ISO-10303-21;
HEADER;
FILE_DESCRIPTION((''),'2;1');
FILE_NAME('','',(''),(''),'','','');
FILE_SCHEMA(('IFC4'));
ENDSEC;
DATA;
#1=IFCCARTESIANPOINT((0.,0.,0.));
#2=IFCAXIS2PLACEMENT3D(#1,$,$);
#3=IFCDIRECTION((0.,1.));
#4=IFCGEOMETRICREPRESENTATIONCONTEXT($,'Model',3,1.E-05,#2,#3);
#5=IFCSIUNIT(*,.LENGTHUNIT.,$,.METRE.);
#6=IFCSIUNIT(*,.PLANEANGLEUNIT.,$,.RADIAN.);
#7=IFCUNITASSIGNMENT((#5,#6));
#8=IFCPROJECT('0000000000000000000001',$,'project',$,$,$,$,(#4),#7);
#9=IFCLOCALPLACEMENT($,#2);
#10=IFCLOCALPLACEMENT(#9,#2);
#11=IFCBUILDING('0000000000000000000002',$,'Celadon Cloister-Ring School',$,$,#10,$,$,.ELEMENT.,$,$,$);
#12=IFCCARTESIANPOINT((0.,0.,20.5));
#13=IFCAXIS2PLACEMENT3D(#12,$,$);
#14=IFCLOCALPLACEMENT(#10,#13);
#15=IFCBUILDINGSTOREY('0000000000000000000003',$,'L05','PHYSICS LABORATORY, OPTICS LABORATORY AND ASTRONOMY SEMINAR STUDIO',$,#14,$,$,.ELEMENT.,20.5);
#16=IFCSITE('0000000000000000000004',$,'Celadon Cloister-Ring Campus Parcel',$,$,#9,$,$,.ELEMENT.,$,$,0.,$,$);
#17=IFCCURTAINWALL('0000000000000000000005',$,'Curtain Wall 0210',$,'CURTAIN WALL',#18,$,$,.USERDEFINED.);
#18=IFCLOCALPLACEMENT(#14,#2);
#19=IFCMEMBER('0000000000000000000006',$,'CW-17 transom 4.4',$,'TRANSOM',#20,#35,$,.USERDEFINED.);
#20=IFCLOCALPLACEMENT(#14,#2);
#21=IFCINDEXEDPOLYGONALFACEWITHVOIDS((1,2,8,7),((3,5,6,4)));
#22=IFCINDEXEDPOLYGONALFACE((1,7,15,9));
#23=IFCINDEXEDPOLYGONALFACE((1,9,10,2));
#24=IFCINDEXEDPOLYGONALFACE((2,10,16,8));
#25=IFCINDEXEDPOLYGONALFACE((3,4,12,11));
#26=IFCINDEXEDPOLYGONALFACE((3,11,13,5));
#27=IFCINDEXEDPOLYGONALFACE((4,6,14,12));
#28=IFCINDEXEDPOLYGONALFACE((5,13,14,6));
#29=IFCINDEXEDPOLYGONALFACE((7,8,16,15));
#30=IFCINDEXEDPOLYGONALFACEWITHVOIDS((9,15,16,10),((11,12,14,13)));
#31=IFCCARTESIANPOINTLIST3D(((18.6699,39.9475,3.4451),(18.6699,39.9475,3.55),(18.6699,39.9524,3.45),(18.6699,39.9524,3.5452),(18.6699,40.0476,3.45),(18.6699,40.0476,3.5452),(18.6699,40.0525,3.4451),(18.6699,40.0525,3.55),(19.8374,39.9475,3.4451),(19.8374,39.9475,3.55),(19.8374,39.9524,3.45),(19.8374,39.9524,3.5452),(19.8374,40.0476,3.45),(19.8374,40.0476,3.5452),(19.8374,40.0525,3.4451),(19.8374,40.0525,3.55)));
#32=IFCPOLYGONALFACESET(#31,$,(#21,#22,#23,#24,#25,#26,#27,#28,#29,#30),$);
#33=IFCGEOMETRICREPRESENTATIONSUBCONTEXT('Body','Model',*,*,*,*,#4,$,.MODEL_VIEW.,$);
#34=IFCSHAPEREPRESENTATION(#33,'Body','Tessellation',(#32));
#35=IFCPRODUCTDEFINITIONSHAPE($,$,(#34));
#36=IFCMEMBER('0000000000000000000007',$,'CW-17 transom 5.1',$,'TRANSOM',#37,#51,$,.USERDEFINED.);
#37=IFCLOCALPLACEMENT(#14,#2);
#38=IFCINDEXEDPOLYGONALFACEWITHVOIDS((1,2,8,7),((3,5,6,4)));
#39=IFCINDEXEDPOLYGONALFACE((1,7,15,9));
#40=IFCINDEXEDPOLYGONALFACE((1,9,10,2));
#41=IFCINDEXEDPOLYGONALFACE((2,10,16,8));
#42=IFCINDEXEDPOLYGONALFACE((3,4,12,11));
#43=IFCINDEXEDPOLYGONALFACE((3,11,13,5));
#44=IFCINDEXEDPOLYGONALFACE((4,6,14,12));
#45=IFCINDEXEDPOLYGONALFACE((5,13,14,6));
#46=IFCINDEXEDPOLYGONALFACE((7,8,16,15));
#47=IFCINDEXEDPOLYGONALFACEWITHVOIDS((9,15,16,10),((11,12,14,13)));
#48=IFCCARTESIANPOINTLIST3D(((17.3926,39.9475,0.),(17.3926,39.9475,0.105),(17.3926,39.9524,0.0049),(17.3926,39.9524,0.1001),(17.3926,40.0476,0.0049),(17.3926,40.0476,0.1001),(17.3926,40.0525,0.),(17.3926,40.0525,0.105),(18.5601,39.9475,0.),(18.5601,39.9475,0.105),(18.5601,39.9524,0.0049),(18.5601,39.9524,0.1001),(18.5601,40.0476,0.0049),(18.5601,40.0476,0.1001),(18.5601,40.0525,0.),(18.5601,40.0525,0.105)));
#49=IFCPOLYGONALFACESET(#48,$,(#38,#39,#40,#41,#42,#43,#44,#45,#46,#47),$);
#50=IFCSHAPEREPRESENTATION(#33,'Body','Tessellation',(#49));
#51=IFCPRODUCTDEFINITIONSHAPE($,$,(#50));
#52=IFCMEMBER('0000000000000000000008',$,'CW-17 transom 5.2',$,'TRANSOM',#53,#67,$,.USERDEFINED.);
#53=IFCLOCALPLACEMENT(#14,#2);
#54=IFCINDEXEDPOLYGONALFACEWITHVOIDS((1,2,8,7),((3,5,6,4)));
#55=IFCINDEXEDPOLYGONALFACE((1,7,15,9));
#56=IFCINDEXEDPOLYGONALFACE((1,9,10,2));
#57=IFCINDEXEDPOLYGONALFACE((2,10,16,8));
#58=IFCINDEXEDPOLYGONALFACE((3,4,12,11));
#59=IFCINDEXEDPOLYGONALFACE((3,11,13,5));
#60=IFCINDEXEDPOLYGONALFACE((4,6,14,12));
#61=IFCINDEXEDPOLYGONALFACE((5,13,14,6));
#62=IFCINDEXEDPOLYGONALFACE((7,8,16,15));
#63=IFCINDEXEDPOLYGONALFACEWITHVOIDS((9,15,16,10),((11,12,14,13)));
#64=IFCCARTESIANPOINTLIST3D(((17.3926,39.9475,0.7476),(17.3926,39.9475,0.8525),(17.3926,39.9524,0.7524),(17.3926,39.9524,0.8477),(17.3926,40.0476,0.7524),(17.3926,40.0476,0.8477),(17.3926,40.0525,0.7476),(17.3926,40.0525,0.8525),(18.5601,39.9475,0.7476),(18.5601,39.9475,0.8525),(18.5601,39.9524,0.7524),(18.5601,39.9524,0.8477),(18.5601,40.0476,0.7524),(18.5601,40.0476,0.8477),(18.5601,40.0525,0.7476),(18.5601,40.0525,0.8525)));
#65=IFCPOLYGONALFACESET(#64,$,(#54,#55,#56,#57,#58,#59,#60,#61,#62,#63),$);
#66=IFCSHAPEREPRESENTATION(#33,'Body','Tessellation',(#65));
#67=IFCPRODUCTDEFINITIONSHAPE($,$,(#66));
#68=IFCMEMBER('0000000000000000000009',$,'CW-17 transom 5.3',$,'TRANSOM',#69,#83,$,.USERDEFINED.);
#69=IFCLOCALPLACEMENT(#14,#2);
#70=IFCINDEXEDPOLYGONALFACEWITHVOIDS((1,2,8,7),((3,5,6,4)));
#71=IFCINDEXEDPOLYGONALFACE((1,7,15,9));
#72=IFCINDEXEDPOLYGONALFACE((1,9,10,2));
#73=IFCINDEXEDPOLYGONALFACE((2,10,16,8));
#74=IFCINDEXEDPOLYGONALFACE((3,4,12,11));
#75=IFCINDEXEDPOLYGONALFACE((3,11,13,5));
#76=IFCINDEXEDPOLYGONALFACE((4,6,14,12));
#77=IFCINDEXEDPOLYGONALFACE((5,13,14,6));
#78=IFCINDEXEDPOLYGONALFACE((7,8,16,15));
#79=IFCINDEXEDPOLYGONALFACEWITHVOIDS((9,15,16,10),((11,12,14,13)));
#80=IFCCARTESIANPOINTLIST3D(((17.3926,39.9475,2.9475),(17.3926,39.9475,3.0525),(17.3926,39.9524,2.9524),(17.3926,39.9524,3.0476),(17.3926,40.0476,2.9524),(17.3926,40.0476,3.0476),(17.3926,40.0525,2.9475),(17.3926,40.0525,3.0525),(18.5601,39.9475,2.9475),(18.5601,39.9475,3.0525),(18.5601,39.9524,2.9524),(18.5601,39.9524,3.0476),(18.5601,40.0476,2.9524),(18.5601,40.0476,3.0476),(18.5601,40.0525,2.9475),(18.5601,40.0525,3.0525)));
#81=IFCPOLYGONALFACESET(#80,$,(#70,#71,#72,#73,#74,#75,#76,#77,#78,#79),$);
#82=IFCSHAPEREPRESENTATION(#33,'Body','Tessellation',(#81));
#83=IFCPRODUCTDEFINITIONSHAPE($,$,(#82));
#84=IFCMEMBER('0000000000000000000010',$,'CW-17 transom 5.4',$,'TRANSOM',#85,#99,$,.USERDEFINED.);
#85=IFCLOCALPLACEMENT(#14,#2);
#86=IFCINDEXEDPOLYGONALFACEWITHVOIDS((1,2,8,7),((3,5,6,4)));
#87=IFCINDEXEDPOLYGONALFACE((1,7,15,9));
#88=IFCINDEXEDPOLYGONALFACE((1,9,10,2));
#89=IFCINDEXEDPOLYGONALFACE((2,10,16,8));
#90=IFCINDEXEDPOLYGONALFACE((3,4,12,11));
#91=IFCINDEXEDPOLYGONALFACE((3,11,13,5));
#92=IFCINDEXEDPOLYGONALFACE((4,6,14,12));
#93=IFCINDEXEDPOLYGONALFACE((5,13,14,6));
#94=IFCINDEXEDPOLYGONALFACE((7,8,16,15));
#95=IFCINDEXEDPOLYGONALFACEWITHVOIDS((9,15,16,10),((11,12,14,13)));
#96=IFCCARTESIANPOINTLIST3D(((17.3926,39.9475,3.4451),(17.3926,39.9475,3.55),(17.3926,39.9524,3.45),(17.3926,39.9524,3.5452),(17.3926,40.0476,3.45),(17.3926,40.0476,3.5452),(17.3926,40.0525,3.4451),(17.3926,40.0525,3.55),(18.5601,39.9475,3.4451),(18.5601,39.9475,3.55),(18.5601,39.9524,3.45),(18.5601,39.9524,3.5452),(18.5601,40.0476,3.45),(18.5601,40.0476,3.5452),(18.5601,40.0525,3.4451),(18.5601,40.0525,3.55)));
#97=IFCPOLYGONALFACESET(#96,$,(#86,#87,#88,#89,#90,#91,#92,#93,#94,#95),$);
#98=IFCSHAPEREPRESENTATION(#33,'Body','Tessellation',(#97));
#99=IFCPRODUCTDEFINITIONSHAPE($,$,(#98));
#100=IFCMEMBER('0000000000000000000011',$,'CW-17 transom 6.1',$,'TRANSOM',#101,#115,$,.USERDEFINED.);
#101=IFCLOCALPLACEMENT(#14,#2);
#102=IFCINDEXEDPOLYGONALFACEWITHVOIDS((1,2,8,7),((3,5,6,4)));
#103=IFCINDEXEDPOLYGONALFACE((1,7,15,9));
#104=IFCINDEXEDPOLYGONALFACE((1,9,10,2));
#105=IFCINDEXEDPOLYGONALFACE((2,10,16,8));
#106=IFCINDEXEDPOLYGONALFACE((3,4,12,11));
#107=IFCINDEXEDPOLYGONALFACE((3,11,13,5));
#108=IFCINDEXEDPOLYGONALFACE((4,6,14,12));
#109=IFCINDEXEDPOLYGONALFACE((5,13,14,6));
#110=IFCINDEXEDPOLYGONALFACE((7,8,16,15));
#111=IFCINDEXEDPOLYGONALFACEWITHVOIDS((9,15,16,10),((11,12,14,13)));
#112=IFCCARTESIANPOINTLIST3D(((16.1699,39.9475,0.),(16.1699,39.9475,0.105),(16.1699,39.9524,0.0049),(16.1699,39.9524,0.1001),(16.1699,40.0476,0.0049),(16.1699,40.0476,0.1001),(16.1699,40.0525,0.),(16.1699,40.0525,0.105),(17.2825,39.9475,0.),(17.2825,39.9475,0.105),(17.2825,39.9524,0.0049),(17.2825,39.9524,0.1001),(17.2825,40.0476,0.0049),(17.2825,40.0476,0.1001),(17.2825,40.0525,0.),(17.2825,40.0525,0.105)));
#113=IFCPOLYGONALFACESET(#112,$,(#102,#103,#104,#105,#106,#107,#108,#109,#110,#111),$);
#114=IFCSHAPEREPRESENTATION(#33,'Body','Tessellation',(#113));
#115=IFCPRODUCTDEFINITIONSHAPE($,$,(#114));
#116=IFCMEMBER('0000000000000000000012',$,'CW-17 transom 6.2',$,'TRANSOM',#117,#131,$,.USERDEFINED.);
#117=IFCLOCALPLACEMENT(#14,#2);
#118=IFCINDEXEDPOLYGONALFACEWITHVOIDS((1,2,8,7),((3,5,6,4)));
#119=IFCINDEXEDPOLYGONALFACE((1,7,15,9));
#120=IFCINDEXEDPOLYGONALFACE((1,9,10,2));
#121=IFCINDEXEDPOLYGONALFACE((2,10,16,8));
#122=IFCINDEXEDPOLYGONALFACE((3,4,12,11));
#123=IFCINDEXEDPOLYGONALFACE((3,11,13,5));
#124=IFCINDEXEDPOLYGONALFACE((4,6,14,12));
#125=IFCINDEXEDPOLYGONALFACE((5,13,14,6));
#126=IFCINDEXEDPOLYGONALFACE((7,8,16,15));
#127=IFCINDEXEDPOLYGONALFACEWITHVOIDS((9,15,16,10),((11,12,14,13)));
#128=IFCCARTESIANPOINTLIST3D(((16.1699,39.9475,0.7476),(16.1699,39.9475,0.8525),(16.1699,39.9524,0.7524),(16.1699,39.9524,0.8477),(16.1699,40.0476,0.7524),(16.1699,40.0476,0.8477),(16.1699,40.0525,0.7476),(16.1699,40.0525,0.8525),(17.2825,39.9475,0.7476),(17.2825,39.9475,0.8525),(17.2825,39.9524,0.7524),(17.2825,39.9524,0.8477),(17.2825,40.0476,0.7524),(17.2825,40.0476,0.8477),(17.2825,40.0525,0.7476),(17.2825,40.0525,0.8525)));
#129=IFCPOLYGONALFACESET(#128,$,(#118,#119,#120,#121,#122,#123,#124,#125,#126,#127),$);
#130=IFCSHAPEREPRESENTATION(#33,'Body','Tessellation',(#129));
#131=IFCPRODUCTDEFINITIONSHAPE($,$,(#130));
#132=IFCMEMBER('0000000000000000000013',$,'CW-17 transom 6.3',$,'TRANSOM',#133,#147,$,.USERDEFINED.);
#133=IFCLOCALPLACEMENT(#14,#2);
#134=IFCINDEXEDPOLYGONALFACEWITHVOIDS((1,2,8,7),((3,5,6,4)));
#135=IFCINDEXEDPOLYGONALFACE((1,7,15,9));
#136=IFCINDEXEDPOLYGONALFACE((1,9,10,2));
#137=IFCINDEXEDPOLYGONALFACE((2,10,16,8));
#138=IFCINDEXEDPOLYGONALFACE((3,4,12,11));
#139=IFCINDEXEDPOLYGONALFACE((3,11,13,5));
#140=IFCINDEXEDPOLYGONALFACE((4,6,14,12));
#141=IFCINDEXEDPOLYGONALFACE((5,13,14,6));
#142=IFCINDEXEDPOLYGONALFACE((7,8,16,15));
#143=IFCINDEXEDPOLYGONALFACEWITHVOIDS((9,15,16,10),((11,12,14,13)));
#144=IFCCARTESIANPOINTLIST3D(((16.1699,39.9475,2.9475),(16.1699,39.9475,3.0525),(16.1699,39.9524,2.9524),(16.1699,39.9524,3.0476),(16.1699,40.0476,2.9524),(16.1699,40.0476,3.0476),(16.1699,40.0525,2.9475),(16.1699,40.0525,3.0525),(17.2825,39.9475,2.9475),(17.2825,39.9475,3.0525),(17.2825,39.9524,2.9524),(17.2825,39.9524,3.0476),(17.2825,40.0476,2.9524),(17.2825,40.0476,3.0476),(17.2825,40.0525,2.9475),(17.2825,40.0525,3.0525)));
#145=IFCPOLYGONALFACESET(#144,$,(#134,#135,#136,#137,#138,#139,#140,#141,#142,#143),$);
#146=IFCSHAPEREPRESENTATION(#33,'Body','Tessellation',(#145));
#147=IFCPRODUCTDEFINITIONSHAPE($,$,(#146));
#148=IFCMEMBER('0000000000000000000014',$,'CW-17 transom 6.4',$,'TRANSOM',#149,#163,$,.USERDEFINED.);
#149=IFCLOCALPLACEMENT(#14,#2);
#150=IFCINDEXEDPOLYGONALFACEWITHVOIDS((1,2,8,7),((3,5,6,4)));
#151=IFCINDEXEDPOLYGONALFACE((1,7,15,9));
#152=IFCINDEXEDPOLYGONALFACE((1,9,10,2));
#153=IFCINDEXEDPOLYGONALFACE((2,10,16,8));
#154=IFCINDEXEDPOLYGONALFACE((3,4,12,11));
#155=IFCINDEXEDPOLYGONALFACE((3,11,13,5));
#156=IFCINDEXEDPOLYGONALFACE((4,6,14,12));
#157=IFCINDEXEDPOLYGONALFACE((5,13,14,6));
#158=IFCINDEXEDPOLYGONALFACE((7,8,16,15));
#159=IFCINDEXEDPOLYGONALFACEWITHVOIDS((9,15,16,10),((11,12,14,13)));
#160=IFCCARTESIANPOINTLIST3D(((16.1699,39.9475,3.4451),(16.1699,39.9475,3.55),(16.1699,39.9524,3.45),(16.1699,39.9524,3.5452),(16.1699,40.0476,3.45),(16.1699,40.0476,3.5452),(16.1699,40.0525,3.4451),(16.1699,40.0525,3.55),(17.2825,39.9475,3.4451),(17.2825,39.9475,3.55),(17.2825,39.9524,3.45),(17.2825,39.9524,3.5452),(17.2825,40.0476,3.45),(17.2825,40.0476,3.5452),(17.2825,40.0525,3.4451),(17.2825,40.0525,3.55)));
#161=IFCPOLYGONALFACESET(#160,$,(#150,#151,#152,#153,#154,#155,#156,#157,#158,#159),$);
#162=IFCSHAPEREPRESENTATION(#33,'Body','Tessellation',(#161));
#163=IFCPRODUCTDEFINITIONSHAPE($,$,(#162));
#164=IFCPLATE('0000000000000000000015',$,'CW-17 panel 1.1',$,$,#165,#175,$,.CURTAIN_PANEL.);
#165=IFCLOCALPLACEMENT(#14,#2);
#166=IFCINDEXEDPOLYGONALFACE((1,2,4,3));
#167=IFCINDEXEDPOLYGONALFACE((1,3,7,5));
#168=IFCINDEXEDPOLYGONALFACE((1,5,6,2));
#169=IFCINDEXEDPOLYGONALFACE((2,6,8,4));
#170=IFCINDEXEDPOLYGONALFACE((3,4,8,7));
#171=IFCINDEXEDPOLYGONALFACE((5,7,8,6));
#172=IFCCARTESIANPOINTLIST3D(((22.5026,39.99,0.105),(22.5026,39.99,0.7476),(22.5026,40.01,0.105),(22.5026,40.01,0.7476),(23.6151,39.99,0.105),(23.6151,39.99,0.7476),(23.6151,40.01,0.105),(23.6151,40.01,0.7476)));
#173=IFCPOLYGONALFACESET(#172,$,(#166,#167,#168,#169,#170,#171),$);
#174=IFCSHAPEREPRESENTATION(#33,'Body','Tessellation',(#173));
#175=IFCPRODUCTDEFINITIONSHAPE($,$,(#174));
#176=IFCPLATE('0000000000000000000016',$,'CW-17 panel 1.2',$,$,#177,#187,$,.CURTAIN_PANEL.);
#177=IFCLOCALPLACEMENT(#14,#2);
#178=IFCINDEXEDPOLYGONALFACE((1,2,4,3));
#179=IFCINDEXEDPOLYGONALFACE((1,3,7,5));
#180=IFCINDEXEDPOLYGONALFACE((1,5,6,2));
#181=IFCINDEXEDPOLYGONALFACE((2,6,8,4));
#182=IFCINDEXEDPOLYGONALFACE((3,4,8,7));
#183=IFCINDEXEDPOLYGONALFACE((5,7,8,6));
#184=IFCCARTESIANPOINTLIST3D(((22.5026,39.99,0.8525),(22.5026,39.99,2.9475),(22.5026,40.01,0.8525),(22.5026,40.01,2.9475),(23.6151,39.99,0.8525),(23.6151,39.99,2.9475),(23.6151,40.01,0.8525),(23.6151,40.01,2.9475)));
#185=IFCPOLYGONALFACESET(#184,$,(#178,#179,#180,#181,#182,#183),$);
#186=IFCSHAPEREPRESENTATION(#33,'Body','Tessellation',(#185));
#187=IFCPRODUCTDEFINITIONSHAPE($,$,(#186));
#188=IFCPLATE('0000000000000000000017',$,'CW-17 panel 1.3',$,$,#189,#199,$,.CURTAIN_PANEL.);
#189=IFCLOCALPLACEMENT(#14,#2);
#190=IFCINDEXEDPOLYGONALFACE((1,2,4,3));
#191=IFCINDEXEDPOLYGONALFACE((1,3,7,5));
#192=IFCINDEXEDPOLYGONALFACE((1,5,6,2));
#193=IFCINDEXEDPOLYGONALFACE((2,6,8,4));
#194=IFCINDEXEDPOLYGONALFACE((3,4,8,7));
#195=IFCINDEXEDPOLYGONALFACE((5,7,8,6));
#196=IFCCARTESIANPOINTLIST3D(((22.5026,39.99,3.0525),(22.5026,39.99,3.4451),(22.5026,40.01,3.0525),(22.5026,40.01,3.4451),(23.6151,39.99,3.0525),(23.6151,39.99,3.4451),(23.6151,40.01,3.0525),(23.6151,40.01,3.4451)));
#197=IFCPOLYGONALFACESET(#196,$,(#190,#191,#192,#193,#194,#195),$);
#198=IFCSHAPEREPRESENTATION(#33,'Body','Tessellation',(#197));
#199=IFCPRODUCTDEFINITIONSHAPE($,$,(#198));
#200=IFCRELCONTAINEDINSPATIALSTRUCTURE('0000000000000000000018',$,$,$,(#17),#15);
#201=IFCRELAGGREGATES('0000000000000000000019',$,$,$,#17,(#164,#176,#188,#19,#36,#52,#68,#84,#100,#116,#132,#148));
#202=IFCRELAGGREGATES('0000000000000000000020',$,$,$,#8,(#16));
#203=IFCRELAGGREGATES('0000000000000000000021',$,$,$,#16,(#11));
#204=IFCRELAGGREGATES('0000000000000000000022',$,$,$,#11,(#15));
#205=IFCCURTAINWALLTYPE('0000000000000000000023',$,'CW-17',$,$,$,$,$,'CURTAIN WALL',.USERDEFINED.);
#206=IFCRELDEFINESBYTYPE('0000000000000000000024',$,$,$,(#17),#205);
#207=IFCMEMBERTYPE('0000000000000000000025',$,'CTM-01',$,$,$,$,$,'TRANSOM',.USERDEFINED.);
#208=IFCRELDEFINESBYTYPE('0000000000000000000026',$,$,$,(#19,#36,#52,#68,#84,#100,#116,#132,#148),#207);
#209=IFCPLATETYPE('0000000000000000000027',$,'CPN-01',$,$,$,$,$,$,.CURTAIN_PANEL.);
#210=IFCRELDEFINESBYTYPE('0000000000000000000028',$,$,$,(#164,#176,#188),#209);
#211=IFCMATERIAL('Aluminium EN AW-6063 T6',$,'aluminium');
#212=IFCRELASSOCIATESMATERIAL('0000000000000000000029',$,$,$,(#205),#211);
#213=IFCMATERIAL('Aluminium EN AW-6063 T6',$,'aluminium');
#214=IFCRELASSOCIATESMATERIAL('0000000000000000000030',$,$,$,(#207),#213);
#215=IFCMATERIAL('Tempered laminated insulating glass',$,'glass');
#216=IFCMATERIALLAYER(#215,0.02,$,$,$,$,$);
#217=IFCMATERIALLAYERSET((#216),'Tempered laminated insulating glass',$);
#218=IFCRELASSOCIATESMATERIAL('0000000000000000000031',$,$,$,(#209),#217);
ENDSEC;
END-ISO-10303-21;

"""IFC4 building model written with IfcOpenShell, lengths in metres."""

from ifc_helpers import new_model, si_unit, direction, frame, origin, origin_2d, place, context, subcontext, project, spatial, rectangle, hollow_rectangle, extrude, material, layer, layer_set, material_profile, profile_set, type_object, element, aggregate, save


model = new_model("IFC4")

# Units and contexts
model_context = context("Model", 3, precision=1e-05, world=origin(), true_north=direction((0.0, 1.0)))
body_context = subcontext(model_context, "Body", "Model", "MODEL_VIEW")
ifc_project = project(units=[si_unit("LENGTHUNIT", "METRE"), si_unit("PLANEANGLEUNIT", "RADIAN")], contexts=[model_context])

# Site, building, storey
site_placement = place(None, origin())
site = spatial("IfcSite", under=ifc_project, at=site_placement, Name="Celadon Cloister-Ring Campus Parcel", CompositionType="ELEMENT", RefElevation=0.0)
building_placement = place(site_placement, origin())
building = spatial("IfcBuilding", under=site, at=building_placement, Name="Celadon Cloister-Ring School", CompositionType="ELEMENT")
storey_placement = place(building_placement, frame((0.0, 0.0, 20.5)))
storey = spatial("IfcBuildingStorey", under=building, at=storey_placement, Name="L05", Description="PHYSICS LABORATORY, OPTICS LABORATORY AND ASTRONOMY SEMINAR STUDIO", CompositionType="ELEMENT", Elevation=20.5)

# Curtain wall, members, plates
ifc_material_1 = material(Name="Aluminium EN AW-6063 T6", Category="aluminium")
curtain_wall_type = type_object("IfcCurtainWallType", Name="CW-17", ElementType="CURTAIN WALL", PredefinedType="USERDEFINED", material=ifc_material_1)
curtain_wall_placement = place(storey_placement, origin())
curtain_wall = element("IfcCurtainWall", 1, at=curtain_wall_placement, inside=storey, type_object=curtain_wall_type, Name="Curtain Wall 0210", ObjectType="CURTAIN WALL", PredefinedType="USERDEFINED")
ifc_material_2 = material(Name="Aluminium EN AW-6063 T6", Category="aluminium")
ifc_material_profile = material_profile(ifc_material_2, hollow_rectangle(XDim=0.105, YDim=0.105, WallThickness=0.0049, at=origin_2d()), Name="RHS105X105X5")
ifc_profile_set = profile_set([ifc_material_profile], Name="Aluminium EN AW-6063 T6")
member_type = type_object("IfcMemberType", Name="CTM-01", ElementType="TRANSOM", PredefinedType="USERDEFINED", material=ifc_profile_set)
member_1_placement = place(storey_placement, frame((19.8374, 40.0, 3.4976), z_axis=(-1.0, 0.0, 0.0), x_axis=(0.0, -1.0, 0.0)))
member_1 = element("IfcMember", 2, at=member_1_placement, type_object=member_type, Name="CW-17 transom 4.4", ObjectType="TRANSOM", PredefinedType="USERDEFINED", context=body_context, shape_type="SweptSolid", body=[
    extrude(hollow_rectangle(XDim=0.105, YDim=0.105, WallThickness=0.0049, at=origin_2d()), origin(), (0.0, 0.0, 1.0), 1.1675),
])
member_2_placement = place(storey_placement, frame((18.5601, 40.0, 0.0525), z_axis=(-1.0, 0.0, 0.0), x_axis=(0.0, -1.0, 0.0)))
member_2 = element("IfcMember", 3, at=member_2_placement, type_object=member_type, Name="CW-17 transom 5.1", ObjectType="TRANSOM", PredefinedType="USERDEFINED", context=body_context, shape_type="SweptSolid", body=[
    extrude(hollow_rectangle(XDim=0.105, YDim=0.105, WallThickness=0.0049, at=origin_2d()), origin(), (0.0, 0.0, 1.0), 1.1675),
])
member_3_placement = place(storey_placement, frame((18.5601, 40.0, 0.8), z_axis=(-1.0, 0.0, 0.0), x_axis=(0.0, -1.0, 0.0)))
member_3 = element("IfcMember", 4, at=member_3_placement, type_object=member_type, Name="CW-17 transom 5.2", ObjectType="TRANSOM", PredefinedType="USERDEFINED", context=body_context, shape_type="SweptSolid", body=[
    extrude(hollow_rectangle(XDim=0.105, YDim=0.105, WallThickness=0.0049, at=origin_2d()), origin(), (0.0, 0.0, 1.0), 1.1675),
])
member_4_placement = place(storey_placement, frame((18.5601, 40.0, 3.0), z_axis=(-1.0, 0.0, 0.0), x_axis=(0.0, -1.0, 0.0)))
member_4 = element("IfcMember", 5, at=member_4_placement, type_object=member_type, Name="CW-17 transom 5.3", ObjectType="TRANSOM", PredefinedType="USERDEFINED", context=body_context, shape_type="SweptSolid", body=[
    extrude(hollow_rectangle(XDim=0.105, YDim=0.105, WallThickness=0.0049, at=origin_2d()), origin(), (0.0, 0.0, 1.0), 1.1675),
])
member_5_placement = place(storey_placement, frame((18.5601, 40.0, 3.4976), z_axis=(-1.0, 0.0, 0.0), x_axis=(0.0, -1.0, 0.0)))
member_5 = element("IfcMember", 6, at=member_5_placement, type_object=member_type, Name="CW-17 transom 5.4", ObjectType="TRANSOM", PredefinedType="USERDEFINED", context=body_context, shape_type="SweptSolid", body=[
    extrude(hollow_rectangle(XDim=0.105, YDim=0.105, WallThickness=0.0049, at=origin_2d()), origin(), (0.0, 0.0, 1.0), 1.1675),
])
member_6_placement = place(storey_placement, frame((17.2825, 40.0, 0.0525), z_axis=(-1.0, 0.0, 0.0), x_axis=(0.0, -1.0, 0.0)))
member_6 = element("IfcMember", 7, at=member_6_placement, type_object=member_type, Name="CW-17 transom 6.1", ObjectType="TRANSOM", PredefinedType="USERDEFINED", context=body_context, shape_type="SweptSolid", body=[
    extrude(hollow_rectangle(XDim=0.105, YDim=0.105, WallThickness=0.0049, at=origin_2d()), origin(), (0.0, 0.0, 1.0), 1.1125),
])
member_7_placement = place(storey_placement, frame((17.2825, 40.0, 0.8), z_axis=(-1.0, 0.0, 0.0), x_axis=(0.0, -1.0, 0.0)))
member_7 = element("IfcMember", 8, at=member_7_placement, type_object=member_type, Name="CW-17 transom 6.2", ObjectType="TRANSOM", PredefinedType="USERDEFINED", context=body_context, shape_type="SweptSolid", body=[
    extrude(hollow_rectangle(XDim=0.105, YDim=0.105, WallThickness=0.0049, at=origin_2d()), origin(), (0.0, 0.0, 1.0), 1.1125),
])
member_8_placement = place(storey_placement, frame((17.2825, 40.0, 3.0), z_axis=(-1.0, 0.0, 0.0), x_axis=(0.0, -1.0, 0.0)))
member_8 = element("IfcMember", 9, at=member_8_placement, type_object=member_type, Name="CW-17 transom 6.3", ObjectType="TRANSOM", PredefinedType="USERDEFINED", context=body_context, shape_type="SweptSolid", body=[
    extrude(hollow_rectangle(XDim=0.105, YDim=0.105, WallThickness=0.0049, at=origin_2d()), origin(), (0.0, 0.0, 1.0), 1.1125),
])
member_9_placement = place(storey_placement, frame((17.2825, 40.0, 3.4976), z_axis=(-1.0, 0.0, 0.0), x_axis=(0.0, -1.0, 0.0)))
member_9 = element("IfcMember", 10, at=member_9_placement, type_object=member_type, Name="CW-17 transom 6.4", ObjectType="TRANSOM", PredefinedType="USERDEFINED", context=body_context, shape_type="SweptSolid", body=[
    extrude(hollow_rectangle(XDim=0.105, YDim=0.105, WallThickness=0.0049, at=origin_2d()), origin(), (0.0, 0.0, 1.0), 1.1125),
])
ifc_material_3 = material(Name="Tempered laminated insulating glass", Category="glass")
ifc_layer = layer(ifc_material_3, 0.02)
ifc_layer_set = layer_set([ifc_layer], Name="Tempered laminated insulating glass")
plate_type = type_object("IfcPlateType", Name="CPN-01", PredefinedType="CURTAIN_PANEL", material=ifc_layer_set)
plate_1_placement = place(storey_placement, frame((23.0588, 40.0, 0.105), z_axis=(0.0, 0.0, 1.0), x_axis=(-1.0, 0.0, 0.0)))
plate_1 = element("IfcPlate", 11, at=plate_1_placement, type_object=plate_type, Name="CW-17 panel 1.1", PredefinedType="CURTAIN_PANEL", context=body_context, shape_type="SweptSolid", body=[
    extrude(rectangle(XDim=1.1125, YDim=0.02, at=origin_2d()), origin(), (0.0, 0.0, 1.0), 0.6426),
])
plate_2_placement = place(storey_placement, frame((23.0588, 40.0, 0.8525), z_axis=(0.0, 0.0, 1.0), x_axis=(-1.0, 0.0, 0.0)))
plate_2 = element("IfcPlate", 12, at=plate_2_placement, type_object=plate_type, Name="CW-17 panel 1.2", PredefinedType="CURTAIN_PANEL", context=body_context, shape_type="SweptSolid", body=[
    extrude(rectangle(XDim=1.1125, YDim=0.02, at=origin_2d()), origin(), (0.0, 0.0, 1.0), 2.095),
])
plate_3_placement = place(storey_placement, frame((23.0588, 40.0, 3.0525), z_axis=(0.0, 0.0, 1.0), x_axis=(-1.0, 0.0, 0.0)))
plate_3 = element("IfcPlate", 13, at=plate_3_placement, type_object=plate_type, Name="CW-17 panel 1.3", PredefinedType="CURTAIN_PANEL", context=body_context, shape_type="SweptSolid", body=[
    extrude(rectangle(XDim=1.1125, YDim=0.02, at=origin_2d()), origin(), (0.0, 0.0, 1.0), 0.3926),
])
aggregate(curtain_wall, [plate_1, plate_2, plate_3, member_1, member_2, member_3, member_4, member_5, member_6, member_7, member_8, member_9])

save(model, "model.ifc")
